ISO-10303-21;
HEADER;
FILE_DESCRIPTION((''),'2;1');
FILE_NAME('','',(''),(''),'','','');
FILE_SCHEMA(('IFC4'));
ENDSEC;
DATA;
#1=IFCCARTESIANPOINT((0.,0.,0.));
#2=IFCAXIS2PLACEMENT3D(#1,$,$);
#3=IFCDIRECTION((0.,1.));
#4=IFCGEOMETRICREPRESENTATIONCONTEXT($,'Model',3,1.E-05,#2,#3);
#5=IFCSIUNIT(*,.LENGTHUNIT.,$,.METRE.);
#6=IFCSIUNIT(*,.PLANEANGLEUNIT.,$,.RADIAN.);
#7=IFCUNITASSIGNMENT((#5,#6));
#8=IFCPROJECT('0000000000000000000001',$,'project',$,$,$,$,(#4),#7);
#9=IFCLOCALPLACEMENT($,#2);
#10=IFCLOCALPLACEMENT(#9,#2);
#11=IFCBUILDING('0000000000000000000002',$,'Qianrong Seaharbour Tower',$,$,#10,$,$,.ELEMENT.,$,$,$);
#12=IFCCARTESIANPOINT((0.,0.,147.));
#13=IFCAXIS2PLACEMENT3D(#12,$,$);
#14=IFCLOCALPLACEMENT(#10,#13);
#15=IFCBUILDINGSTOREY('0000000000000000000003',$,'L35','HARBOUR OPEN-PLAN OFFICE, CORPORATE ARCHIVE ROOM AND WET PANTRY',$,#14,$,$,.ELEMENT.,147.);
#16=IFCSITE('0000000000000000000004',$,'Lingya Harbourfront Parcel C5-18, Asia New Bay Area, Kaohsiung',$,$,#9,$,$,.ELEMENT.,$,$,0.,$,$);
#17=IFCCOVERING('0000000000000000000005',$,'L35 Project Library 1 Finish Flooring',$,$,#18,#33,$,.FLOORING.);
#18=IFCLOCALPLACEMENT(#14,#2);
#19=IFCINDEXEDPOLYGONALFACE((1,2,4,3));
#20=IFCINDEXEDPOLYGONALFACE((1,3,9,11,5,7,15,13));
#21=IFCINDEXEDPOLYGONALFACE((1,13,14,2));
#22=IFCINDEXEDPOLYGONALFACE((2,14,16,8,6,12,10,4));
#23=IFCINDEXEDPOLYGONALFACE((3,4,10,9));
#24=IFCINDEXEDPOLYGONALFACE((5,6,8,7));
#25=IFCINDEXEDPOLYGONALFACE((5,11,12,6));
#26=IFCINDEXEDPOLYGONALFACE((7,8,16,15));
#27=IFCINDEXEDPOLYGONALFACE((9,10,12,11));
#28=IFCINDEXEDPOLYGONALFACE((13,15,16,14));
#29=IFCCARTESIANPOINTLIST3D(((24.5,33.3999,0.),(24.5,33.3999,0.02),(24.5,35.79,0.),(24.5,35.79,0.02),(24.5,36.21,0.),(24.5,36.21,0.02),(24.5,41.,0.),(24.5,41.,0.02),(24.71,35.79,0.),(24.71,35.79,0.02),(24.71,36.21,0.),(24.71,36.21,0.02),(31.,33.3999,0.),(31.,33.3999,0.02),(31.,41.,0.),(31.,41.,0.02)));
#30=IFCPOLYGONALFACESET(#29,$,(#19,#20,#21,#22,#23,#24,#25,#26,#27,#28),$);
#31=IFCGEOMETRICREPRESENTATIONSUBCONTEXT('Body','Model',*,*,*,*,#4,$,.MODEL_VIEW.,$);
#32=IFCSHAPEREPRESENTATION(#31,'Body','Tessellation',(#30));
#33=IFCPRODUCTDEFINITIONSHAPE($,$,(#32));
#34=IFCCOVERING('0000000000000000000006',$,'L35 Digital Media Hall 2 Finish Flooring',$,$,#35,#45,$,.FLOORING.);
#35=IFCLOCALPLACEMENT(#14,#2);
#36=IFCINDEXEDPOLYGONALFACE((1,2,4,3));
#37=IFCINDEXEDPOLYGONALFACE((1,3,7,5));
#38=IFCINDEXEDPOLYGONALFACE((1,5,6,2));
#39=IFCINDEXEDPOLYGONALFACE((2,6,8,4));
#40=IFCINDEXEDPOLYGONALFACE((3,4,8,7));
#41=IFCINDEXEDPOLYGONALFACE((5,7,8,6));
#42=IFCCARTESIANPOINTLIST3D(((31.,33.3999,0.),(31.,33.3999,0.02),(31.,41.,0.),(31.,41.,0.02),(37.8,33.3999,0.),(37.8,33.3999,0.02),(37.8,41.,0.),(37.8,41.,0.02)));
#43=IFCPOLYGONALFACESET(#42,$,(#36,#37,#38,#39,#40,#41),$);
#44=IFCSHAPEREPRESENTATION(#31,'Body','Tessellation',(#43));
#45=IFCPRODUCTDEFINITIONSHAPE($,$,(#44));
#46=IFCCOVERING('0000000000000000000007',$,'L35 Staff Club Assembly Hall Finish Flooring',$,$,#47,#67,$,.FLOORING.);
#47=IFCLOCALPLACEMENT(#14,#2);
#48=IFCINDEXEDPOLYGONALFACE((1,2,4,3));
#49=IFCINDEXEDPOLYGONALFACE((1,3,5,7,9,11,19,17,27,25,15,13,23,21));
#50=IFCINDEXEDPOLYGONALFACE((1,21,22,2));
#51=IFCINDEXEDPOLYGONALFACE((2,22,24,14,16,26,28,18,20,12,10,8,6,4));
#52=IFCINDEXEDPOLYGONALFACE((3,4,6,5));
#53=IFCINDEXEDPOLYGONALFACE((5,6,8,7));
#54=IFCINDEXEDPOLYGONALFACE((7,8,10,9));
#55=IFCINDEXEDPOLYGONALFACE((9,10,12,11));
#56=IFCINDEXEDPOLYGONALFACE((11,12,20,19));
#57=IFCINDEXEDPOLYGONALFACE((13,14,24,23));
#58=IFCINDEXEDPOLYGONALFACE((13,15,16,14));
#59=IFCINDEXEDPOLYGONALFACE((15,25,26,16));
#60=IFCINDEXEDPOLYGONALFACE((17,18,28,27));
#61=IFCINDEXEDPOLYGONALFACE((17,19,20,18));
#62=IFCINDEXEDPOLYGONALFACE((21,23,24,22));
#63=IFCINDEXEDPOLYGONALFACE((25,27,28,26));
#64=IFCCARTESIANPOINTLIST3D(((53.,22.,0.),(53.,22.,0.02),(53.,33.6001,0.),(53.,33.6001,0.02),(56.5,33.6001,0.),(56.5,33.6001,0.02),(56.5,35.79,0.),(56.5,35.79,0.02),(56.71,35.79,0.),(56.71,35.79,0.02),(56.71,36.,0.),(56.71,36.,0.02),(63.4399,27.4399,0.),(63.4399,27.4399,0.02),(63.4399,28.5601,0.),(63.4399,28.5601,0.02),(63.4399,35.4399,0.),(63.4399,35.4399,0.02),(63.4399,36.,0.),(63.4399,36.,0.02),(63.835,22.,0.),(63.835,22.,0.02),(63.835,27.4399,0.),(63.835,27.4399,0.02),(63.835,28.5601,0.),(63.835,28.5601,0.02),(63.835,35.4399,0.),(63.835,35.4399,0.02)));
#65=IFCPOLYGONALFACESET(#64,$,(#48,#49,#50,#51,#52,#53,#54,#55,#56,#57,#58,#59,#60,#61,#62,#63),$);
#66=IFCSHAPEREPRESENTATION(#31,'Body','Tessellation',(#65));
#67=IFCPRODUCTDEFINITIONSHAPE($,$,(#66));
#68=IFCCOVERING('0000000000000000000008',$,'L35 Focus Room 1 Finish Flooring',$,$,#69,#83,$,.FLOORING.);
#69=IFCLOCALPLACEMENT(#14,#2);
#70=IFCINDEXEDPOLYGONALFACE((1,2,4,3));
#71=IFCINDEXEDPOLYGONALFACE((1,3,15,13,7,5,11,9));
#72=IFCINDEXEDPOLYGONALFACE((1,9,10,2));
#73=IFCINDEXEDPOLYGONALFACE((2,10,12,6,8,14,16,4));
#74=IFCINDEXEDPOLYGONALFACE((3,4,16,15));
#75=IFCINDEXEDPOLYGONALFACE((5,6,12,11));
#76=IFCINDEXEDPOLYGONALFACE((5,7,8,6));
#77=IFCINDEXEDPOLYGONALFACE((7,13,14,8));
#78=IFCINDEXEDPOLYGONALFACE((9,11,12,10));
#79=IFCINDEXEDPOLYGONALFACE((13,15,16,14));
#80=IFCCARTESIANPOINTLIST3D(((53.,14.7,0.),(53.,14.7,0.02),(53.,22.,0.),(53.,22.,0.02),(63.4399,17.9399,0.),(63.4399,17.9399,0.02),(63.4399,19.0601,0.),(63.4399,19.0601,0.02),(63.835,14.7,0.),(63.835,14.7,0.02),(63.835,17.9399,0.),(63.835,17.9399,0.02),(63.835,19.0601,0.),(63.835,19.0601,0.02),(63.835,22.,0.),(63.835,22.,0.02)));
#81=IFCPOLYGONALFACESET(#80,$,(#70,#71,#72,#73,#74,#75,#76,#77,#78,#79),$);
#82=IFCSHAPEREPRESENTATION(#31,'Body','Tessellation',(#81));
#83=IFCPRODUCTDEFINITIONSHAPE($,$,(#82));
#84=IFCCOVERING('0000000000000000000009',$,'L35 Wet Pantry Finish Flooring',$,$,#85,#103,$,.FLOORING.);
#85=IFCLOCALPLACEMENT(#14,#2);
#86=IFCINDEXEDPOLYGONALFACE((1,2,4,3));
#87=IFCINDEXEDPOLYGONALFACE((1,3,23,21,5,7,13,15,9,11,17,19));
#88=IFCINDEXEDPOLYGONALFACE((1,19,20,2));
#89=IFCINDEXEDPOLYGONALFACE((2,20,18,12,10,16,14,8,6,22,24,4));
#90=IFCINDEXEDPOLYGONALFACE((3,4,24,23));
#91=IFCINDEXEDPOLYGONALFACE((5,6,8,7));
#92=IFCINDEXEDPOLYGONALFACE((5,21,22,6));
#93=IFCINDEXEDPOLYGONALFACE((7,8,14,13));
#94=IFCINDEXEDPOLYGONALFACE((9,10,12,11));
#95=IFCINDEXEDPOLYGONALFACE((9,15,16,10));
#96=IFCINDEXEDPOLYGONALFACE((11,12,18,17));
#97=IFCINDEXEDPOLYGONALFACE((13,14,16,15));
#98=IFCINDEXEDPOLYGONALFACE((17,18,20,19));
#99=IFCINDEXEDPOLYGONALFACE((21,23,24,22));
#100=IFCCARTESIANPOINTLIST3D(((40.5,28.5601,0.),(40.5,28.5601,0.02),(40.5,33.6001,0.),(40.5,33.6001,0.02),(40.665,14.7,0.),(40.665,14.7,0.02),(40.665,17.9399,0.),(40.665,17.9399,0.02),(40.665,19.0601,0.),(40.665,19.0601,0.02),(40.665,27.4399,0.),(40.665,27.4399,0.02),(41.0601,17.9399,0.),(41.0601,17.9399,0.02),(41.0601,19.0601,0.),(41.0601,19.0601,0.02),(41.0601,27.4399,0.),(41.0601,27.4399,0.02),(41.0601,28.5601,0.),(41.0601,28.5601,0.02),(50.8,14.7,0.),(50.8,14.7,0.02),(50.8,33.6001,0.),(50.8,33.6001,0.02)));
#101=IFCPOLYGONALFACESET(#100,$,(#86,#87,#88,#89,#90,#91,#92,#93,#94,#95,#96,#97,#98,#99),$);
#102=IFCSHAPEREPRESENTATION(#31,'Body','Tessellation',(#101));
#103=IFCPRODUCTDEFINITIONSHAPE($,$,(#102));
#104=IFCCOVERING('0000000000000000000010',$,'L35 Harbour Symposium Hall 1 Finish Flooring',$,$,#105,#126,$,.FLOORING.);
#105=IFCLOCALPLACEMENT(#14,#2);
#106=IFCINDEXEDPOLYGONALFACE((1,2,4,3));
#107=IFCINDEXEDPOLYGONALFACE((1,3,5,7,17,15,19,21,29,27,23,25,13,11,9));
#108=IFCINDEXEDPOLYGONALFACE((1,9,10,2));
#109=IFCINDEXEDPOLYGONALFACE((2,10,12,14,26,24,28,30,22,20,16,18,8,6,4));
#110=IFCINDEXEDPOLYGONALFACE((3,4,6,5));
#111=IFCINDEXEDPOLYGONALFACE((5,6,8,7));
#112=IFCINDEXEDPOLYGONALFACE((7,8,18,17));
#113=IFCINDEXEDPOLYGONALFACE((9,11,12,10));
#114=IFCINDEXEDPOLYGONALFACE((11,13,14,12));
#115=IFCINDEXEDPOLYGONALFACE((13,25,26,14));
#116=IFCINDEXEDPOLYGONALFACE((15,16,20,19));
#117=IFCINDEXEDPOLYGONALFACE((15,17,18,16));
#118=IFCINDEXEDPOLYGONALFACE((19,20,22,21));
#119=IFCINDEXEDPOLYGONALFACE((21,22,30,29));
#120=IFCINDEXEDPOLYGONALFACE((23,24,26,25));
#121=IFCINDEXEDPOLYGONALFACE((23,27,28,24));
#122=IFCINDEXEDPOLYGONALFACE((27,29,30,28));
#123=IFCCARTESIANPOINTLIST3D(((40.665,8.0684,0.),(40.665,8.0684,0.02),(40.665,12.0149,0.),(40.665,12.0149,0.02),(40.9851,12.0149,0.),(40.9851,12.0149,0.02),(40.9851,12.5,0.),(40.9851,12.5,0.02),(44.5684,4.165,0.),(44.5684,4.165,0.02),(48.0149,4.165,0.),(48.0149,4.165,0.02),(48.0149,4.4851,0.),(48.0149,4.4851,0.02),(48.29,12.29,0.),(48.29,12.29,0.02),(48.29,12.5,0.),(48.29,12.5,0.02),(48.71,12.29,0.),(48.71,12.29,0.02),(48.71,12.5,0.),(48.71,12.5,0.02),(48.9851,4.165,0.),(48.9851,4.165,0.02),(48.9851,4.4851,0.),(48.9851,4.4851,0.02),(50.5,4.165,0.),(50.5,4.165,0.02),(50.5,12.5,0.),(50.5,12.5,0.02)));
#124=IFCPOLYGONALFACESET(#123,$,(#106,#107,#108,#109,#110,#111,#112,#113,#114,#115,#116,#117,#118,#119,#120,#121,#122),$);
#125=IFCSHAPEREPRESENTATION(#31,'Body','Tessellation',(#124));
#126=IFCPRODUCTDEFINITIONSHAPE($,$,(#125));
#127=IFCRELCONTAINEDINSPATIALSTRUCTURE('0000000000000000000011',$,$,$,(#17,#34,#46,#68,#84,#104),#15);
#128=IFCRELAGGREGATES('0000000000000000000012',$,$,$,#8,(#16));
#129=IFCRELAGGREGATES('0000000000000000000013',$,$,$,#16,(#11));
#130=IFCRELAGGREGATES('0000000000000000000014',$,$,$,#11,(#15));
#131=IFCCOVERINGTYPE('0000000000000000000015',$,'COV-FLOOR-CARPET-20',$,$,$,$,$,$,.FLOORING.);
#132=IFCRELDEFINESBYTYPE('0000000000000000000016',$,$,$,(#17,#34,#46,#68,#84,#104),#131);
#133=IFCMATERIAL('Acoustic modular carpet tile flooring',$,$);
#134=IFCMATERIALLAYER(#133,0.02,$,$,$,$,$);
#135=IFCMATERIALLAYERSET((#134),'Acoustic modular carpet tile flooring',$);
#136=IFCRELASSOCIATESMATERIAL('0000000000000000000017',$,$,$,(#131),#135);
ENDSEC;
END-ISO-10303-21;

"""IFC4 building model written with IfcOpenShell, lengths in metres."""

from ifc_helpers import new_model, si_unit, direction, frame, origin, place, context, subcontext, project, spatial, polyline, outline, extrude, material, layer, layer_set, type_object, element, save


model = new_model("IFC4")

# Units and contexts
model_context = context("Model", 3, precision=1e-05, world=origin(), true_north=direction((0.0, 1.0)))
body_context = subcontext(model_context, "Body", "Model", "MODEL_VIEW")
ifc_project = project(units=[si_unit("LENGTHUNIT", "METRE"), si_unit("PLANEANGLEUNIT", "RADIAN")], contexts=[model_context])

# Site, building, storey
site_placement = place(None, origin())
site = spatial("IfcSite", under=ifc_project, at=site_placement, Name="Lingya Harbourfront Parcel C5-18, Asia New Bay Area, Kaohsiung", CompositionType="ELEMENT", RefElevation=0.0)
building_placement = place(site_placement, origin())
building = spatial("IfcBuilding", under=site, at=building_placement, Name="Qianrong Seaharbour Tower", CompositionType="ELEMENT")
storey_placement = place(building_placement, frame((0.0, 0.0, 147.0)))
storey = spatial("IfcBuildingStorey", under=building, at=storey_placement, Name="L35", Description="HARBOUR OPEN-PLAN OFFICE, CORPORATE ARCHIVE ROOM AND WET PANTRY", CompositionType="ELEMENT", Elevation=147.0)

# Coverings
ifc_material_1 = material(Name="Acoustic modular carpet tile flooring")
ifc_layer_1 = layer(ifc_material_1, 0.02)
ifc_layer_set_1 = layer_set([ifc_layer_1], Name="Acoustic modular carpet tile flooring")
covering_type_1 = type_object("IfcCoveringType", Name="COV-FLOOR-CARPET-20", PredefinedType="FLOORING", material=ifc_layer_set_1)
covering_1_placement = place(storey_placement, origin())
element("IfcCovering", 1, at=covering_1_placement, inside=storey, type_object=covering_type_1, Name="L35 Project Library 1 Finish Flooring", PredefinedType="FLOORING", context=body_context, shape_type="SweptSolid", body=[
    extrude(outline(polyline([(24.5, 33.3999), (24.5, 35.79), (24.71, 35.79), (24.71, 36.21), (24.5, 36.21), (24.5, 41.0), (31.0, 41.0), (31.0, 33.3999), (24.5, 33.3999)])), origin(), (0.0, 0.0, 1.0), 0.02),
])
covering_2_placement = place(storey_placement, origin())
element("IfcCovering", 2, at=covering_2_placement, inside=storey, type_object=covering_type_1, Name="L35 Digital Media Hall 2 Finish Flooring", PredefinedType="FLOORING", context=body_context, shape_type="SweptSolid", body=[
    extrude(outline(polyline([(31.0, 33.3999), (31.0, 41.0), (37.8, 41.0), (37.8, 33.3999), (31.0, 33.3999)])), origin(), (0.0, 0.0, 1.0), 0.02),
])
covering_3_placement = place(storey_placement, origin())
element("IfcCovering", 3, at=covering_3_placement, inside=storey, type_object=covering_type_1, Name="L35 Staff Club Assembly Hall Finish Flooring", PredefinedType="FLOORING", context=body_context, shape_type="SweptSolid", body=[
    extrude(outline(polyline([(56.5, 33.6001), (56.5, 35.79), (56.71, 35.79), (56.71, 36.0), (63.4399, 36.0), (63.4399, 35.4399), (63.835, 35.4399), (63.835, 28.5601), (63.4399, 28.5601), (63.4399, 27.4399), (63.835, 27.4399), (63.835, 22.0), (53.0, 22.0), (53.0, 33.6001), (56.5, 33.6001)])), origin(), (0.0, 0.0, 1.0), 0.02),
])
covering_4_placement = place(storey_placement, origin())
element("IfcCovering", 4, at=covering_4_placement, inside=storey, type_object=covering_type_1, Name="L35 Focus Room 1 Finish Flooring", PredefinedType="FLOORING", context=body_context, shape_type="SweptSolid", body=[
    extrude(outline(polyline([(63.835, 22.0), (63.835, 19.0601), (63.4399, 19.0601), (63.4399, 17.9399), (63.835, 17.9399), (63.835, 14.7), (53.0, 14.7), (53.0, 22.0), (63.835, 22.0)])), origin(), (0.0, 0.0, 1.0), 0.02),
])
covering_5_placement = place(storey_placement, origin())
element("IfcCovering", 5, at=covering_5_placement, inside=storey, type_object=covering_type_1, Name="L35 Wet Pantry Finish Flooring", PredefinedType="FLOORING", context=body_context, shape_type="SweptSolid", body=[
    extrude(outline(polyline([(50.8, 14.7), (40.665, 14.7), (40.665, 17.9399), (41.0601, 17.9399), (41.0601, 19.0601), (40.665, 19.0601), (40.665, 27.4399), (41.0601, 27.4399), (41.0601, 28.5601), (40.5, 28.5601), (40.5, 33.6001), (50.8, 33.6001), (50.8, 14.7)])), origin(), (0.0, 0.0, 1.0), 0.02),
])
covering_6_placement = place(storey_placement, origin())
element("IfcCovering", 6, at=covering_6_placement, inside=storey, type_object=covering_type_1, Name="L35 Harbour Symposium Hall 1 Finish Flooring", PredefinedType="FLOORING", context=body_context, shape_type="SweptSolid", body=[
    extrude(outline(polyline([(48.9851, 4.165), (48.9851, 4.4851), (48.0149, 4.4851), (48.0149, 4.165), (44.5684, 4.165), (40.665, 8.0684), (40.665, 12.0149), (40.9851, 12.0149), (40.9851, 12.5), (48.29, 12.5), (48.29, 12.29), (48.71, 12.29), (48.71, 12.5), (50.5, 12.5), (50.5, 4.165), (48.9851, 4.165)])), origin(), (0.0, 0.0, 1.0), 0.02),
])

save(model, "model.ifc")
